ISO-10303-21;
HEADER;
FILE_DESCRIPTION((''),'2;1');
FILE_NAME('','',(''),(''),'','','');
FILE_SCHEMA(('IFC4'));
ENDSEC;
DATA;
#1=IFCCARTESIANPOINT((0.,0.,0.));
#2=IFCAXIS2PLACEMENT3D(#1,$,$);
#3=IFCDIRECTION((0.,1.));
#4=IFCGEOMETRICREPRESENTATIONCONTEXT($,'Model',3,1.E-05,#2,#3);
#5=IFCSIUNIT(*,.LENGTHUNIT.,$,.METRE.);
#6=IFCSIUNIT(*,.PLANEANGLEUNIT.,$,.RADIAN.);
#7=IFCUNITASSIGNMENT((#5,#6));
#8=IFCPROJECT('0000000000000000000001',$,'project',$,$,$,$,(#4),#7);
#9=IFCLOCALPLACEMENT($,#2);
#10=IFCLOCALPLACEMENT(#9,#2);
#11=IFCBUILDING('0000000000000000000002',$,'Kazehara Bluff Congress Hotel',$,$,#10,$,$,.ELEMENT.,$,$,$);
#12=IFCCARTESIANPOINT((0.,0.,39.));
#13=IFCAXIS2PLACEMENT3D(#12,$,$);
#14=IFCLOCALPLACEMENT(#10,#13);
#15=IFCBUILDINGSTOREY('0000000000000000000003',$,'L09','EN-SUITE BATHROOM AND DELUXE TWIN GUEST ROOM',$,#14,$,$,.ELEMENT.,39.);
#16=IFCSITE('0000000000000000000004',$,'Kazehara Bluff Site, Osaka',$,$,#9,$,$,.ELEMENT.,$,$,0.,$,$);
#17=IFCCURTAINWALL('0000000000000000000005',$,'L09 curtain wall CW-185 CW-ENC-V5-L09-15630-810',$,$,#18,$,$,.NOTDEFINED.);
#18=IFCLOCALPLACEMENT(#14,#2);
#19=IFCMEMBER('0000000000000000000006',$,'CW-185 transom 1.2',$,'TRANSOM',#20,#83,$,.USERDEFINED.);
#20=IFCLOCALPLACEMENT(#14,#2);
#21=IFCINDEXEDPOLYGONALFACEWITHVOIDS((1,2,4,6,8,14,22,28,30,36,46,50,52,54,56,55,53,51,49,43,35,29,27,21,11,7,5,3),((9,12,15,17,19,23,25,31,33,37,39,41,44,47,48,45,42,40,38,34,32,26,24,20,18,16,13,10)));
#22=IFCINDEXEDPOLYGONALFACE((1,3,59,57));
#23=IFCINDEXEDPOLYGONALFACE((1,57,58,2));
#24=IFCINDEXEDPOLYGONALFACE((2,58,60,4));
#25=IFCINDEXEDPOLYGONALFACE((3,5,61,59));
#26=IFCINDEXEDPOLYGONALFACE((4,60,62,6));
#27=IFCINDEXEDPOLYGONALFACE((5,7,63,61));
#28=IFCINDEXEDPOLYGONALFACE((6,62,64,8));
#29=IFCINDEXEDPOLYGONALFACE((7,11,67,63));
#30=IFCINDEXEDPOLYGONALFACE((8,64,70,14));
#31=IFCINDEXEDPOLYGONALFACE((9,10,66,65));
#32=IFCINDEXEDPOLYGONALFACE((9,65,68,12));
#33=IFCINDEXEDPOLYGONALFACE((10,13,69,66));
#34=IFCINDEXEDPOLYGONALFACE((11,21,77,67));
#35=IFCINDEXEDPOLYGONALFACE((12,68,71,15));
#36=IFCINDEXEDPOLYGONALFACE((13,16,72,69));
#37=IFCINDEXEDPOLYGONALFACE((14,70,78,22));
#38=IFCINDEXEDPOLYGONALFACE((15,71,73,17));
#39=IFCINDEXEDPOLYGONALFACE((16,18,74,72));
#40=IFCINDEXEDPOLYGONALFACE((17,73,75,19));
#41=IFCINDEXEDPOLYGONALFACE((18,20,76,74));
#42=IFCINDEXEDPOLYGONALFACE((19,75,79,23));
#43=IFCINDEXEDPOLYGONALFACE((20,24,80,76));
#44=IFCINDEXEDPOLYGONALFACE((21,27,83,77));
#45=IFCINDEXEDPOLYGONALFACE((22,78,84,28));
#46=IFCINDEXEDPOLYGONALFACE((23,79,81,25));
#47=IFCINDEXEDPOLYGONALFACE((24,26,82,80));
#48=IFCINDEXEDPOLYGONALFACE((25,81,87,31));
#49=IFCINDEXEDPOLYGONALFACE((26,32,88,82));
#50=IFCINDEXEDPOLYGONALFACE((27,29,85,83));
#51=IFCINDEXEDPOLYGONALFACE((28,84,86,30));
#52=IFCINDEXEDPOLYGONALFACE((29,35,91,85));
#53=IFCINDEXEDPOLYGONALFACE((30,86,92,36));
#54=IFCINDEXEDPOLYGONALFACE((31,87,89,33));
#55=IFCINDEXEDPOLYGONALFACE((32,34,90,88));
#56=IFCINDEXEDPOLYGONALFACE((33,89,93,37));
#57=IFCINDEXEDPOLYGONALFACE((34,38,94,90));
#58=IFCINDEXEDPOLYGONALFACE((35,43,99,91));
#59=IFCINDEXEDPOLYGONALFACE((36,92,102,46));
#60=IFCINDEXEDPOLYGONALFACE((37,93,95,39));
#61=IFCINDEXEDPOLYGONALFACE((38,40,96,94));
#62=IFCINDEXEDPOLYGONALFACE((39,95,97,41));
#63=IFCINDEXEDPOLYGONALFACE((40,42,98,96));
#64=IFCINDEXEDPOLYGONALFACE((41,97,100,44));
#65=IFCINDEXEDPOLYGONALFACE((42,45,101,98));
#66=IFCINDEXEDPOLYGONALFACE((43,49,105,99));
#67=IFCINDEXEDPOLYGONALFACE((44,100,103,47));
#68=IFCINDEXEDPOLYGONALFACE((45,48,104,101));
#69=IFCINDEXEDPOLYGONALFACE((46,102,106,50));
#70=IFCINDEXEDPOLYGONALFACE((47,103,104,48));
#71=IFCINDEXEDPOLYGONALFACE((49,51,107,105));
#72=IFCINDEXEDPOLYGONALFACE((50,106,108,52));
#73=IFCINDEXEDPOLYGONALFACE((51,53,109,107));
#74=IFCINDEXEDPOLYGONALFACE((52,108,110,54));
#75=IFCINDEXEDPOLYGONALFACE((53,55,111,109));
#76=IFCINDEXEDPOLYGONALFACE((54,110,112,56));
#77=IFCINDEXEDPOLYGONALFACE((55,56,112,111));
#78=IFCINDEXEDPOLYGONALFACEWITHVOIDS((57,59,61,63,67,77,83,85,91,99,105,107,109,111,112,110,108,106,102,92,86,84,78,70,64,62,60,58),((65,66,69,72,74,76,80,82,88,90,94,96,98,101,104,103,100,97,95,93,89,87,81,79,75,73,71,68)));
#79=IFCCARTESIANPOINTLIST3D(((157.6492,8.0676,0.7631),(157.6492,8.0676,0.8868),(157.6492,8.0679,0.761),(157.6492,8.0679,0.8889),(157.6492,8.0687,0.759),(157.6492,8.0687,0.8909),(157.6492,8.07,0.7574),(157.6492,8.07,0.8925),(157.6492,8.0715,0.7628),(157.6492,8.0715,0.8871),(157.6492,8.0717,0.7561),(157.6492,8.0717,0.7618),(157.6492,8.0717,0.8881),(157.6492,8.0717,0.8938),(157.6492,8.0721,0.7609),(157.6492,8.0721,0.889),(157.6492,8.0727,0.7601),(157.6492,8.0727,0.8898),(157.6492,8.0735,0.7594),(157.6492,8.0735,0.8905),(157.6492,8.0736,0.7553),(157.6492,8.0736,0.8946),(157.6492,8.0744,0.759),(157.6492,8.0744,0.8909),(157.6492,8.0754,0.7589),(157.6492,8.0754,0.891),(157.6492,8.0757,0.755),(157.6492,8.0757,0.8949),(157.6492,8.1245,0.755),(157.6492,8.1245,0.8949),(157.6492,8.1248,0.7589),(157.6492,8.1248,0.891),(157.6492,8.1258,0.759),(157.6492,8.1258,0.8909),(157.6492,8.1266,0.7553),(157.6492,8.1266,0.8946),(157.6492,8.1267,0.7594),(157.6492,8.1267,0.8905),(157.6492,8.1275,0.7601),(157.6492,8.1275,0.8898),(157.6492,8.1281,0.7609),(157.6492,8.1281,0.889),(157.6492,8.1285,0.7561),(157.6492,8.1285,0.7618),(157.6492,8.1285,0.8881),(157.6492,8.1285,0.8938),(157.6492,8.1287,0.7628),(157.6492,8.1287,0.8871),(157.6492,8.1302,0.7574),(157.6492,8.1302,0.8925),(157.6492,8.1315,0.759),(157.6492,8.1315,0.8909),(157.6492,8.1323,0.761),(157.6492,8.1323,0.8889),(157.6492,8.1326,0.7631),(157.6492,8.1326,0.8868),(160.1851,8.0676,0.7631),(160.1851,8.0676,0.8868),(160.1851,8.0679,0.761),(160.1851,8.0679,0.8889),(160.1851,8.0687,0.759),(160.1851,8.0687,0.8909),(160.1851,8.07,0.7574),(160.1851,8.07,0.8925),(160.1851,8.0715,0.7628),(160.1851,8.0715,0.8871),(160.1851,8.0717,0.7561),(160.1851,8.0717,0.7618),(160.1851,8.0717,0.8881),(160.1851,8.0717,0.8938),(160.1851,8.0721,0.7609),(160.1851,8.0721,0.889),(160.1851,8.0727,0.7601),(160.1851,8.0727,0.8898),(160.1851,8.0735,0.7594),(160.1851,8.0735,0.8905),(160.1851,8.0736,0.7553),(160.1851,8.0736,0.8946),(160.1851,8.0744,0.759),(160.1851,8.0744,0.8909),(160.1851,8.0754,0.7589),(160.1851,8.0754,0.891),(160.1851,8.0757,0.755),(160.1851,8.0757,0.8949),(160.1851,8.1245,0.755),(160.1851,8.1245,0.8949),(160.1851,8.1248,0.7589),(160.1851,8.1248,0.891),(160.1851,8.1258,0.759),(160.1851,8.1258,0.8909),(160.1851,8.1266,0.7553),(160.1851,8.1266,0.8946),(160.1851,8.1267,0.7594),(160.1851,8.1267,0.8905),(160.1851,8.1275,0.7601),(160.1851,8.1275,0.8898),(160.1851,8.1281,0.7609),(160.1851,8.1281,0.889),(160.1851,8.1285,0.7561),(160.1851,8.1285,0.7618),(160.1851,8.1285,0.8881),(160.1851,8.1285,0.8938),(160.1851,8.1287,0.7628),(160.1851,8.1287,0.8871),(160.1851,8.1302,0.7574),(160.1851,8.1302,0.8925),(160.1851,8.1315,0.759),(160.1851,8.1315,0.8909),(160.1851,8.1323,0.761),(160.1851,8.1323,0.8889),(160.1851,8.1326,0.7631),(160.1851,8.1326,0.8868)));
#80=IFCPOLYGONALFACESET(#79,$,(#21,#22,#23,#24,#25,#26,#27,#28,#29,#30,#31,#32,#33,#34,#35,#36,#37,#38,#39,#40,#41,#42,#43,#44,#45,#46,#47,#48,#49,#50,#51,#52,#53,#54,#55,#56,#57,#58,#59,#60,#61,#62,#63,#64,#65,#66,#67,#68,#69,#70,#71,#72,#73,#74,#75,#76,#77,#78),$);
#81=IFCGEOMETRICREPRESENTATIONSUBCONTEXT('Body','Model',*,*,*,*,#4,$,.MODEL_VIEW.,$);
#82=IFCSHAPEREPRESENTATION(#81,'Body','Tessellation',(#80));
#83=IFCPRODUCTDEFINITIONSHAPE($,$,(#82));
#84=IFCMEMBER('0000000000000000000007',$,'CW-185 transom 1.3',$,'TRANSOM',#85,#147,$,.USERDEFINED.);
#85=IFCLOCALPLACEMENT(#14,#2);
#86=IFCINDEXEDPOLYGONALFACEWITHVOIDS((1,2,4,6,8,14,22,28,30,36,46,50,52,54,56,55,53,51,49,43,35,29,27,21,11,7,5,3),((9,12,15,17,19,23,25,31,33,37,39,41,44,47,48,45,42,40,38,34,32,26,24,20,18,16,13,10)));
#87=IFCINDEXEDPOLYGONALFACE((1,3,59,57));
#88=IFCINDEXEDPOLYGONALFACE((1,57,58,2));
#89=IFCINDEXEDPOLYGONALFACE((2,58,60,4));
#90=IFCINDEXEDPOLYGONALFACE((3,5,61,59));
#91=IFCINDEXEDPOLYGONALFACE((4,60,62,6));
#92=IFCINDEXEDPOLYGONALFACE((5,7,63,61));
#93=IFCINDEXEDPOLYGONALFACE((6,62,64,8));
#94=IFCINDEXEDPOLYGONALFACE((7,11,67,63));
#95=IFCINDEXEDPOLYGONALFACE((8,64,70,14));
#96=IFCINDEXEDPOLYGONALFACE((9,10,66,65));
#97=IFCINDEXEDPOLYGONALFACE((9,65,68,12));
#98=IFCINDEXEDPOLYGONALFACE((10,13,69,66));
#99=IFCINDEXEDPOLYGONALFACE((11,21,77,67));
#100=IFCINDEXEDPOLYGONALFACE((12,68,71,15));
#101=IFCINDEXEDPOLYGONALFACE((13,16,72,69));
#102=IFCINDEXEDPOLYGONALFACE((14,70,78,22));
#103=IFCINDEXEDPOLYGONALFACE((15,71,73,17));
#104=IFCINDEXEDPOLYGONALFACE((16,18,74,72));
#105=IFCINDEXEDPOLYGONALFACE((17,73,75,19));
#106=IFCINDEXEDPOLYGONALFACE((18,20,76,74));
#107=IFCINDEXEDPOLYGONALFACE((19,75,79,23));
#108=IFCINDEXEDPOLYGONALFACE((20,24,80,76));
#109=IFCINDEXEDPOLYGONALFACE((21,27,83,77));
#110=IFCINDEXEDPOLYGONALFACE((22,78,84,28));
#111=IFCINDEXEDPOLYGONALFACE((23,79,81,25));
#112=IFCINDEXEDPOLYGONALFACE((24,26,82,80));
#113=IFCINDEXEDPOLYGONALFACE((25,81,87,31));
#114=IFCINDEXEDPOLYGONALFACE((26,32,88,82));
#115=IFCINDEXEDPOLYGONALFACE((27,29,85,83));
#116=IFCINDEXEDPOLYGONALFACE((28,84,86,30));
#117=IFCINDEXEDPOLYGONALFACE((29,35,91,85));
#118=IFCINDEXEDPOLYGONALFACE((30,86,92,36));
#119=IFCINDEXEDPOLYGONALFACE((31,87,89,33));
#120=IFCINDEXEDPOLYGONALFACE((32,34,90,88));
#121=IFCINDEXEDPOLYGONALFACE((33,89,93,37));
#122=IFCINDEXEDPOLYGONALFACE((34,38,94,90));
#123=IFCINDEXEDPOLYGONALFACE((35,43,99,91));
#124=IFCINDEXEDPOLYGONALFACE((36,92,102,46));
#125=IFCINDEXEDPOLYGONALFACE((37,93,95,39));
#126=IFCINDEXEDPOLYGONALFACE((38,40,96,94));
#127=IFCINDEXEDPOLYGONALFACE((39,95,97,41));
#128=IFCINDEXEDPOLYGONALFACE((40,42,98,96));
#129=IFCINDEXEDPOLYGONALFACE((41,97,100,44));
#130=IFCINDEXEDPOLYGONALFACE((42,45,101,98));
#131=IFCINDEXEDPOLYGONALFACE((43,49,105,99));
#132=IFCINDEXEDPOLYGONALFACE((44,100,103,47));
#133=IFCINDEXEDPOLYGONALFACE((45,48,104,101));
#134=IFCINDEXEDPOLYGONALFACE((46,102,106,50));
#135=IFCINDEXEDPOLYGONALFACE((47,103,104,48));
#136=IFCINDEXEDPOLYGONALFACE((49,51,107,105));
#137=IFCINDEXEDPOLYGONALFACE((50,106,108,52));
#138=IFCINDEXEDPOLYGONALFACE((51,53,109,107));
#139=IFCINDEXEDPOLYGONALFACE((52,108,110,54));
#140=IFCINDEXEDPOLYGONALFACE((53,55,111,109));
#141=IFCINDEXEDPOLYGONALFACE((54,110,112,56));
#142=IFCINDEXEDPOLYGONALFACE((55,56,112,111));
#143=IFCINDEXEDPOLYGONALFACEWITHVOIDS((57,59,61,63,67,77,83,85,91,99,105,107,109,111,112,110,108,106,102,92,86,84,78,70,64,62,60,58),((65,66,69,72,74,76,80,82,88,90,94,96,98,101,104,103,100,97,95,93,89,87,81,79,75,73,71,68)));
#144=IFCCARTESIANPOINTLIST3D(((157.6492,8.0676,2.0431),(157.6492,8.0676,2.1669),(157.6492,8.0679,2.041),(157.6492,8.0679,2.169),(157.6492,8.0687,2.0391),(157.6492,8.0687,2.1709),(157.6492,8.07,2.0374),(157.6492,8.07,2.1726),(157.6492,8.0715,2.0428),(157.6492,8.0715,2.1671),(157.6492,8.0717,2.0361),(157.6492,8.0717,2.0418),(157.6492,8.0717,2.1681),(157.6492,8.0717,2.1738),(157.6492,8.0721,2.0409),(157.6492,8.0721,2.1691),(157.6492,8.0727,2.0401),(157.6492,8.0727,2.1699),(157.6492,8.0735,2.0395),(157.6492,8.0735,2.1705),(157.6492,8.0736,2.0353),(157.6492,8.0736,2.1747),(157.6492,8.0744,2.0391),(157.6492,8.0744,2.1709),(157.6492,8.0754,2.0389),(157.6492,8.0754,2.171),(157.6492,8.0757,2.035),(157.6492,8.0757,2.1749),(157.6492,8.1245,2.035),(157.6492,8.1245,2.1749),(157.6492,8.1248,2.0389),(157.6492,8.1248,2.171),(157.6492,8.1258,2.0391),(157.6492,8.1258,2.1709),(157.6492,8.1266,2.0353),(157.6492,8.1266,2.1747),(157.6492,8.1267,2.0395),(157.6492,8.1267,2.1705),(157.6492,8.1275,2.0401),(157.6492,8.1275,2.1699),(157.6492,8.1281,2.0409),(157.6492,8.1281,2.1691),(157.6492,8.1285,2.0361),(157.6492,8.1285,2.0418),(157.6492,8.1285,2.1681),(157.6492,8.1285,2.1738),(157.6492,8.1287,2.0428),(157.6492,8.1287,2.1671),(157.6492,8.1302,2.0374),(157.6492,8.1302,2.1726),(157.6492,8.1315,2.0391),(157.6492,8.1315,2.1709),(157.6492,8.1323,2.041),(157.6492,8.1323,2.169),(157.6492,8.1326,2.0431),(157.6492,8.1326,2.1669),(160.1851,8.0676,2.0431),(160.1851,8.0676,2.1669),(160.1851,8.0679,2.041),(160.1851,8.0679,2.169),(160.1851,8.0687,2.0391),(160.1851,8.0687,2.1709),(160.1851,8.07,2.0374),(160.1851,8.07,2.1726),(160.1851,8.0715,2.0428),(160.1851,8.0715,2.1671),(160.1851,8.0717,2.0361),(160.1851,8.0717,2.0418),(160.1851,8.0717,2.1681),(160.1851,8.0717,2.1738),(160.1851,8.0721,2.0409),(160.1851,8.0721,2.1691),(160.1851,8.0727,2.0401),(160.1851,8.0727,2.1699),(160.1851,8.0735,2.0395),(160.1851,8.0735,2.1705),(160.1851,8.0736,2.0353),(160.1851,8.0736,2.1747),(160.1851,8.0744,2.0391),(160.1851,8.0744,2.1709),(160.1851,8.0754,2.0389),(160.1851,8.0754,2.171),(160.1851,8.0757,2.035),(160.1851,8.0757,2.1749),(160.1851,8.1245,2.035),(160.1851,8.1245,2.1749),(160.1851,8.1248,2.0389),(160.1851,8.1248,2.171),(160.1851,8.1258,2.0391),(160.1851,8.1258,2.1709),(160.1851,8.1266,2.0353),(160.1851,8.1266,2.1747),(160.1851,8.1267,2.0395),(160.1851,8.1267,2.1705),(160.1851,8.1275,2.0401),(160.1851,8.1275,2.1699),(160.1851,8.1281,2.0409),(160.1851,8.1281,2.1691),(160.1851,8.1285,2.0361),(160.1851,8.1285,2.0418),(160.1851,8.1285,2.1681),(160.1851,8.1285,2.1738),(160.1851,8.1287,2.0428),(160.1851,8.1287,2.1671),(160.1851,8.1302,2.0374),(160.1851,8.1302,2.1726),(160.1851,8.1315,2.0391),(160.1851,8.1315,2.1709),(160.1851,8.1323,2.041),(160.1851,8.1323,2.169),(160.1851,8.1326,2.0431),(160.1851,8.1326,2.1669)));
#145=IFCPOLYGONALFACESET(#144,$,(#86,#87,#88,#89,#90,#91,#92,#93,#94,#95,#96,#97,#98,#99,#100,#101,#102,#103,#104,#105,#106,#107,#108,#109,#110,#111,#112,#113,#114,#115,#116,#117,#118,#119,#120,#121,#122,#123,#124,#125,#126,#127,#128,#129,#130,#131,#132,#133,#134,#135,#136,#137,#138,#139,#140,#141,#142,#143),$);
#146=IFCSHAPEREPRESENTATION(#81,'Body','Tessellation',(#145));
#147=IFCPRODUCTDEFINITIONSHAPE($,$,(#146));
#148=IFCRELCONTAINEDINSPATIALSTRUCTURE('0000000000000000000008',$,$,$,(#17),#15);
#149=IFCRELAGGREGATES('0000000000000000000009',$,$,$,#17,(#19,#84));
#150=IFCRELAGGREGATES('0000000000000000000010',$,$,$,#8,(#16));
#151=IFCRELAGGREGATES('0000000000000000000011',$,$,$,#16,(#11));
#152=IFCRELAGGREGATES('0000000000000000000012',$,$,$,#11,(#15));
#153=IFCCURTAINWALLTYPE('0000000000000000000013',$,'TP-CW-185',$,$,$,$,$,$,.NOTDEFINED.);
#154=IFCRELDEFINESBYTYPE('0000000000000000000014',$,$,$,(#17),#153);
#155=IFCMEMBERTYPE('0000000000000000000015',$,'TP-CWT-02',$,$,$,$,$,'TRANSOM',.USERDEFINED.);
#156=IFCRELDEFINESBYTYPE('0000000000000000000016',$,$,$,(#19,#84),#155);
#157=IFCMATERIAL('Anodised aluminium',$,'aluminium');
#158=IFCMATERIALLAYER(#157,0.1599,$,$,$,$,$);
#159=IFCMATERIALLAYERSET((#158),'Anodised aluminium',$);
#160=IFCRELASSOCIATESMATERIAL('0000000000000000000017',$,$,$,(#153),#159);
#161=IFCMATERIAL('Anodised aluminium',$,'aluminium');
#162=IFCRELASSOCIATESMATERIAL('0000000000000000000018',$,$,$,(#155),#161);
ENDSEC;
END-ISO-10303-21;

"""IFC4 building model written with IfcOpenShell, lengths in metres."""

from ifc_helpers import new_model, si_unit, direction, frame, origin, origin_2d, place, context, subcontext, project, spatial, hollow_rectangle, extrude, material, layer, layer_set, material_profile, profile_set, type_object, element, aggregate, save


model = new_model("IFC4")

# Units and contexts
model_context = context("Model", 3, precision=1e-05, world=origin(), true_north=direction((0.0, 1.0)))
body_context = subcontext(model_context, "Body", "Model", "MODEL_VIEW")
ifc_project = project(units=[si_unit("LENGTHUNIT", "METRE"), si_unit("PLANEANGLEUNIT", "RADIAN")], contexts=[model_context])

# Site, building, storey
site_placement = place(None, origin())
site = spatial("IfcSite", under=ifc_project, at=site_placement, Name="Kazehara Bluff Site, Osaka", CompositionType="ELEMENT", RefElevation=0.0)
building_placement = place(site_placement, origin())
building = spatial("IfcBuilding", under=site, at=building_placement, Name="Kazehara Bluff Congress Hotel", CompositionType="ELEMENT")
storey_placement = place(building_placement, frame((0.0, 0.0, 39.0)))
storey = spatial("IfcBuildingStorey", under=building, at=storey_placement, Name="L09", Description="EN-SUITE BATHROOM AND DELUXE TWIN GUEST ROOM", CompositionType="ELEMENT", Elevation=39.0)

# Curtain wall, members
ifc_material_1 = material(Name="Anodised aluminium", Category="aluminium")
ifc_layer_1 = layer(ifc_material_1, 0.1599)
ifc_layer_set_1 = layer_set([ifc_layer_1], Name="Anodised aluminium")
curtain_wall_type = type_object("IfcCurtainWallType", Name="TP-CW-185", PredefinedType="NOTDEFINED", material=ifc_layer_set_1)
curtain_wall_placement = place(storey_placement, origin())
curtain_wall = element("IfcCurtainWall", 1, at=curtain_wall_placement, inside=storey, type_object=curtain_wall_type, Name="L09 curtain wall CW-185 CW-ENC-V5-L09-15630-810", PredefinedType="NOTDEFINED")
ifc_material_2 = material(Name="Anodised aluminium", Category="aluminium")
ifc_material_profile_1 = material_profile(ifc_material_2, hollow_rectangle(XDim=0.0649, YDim=0.1399, WallThickness=0.0039, InnerFilletRadius=0.0039, OuterFilletRadius=0.0081, at=origin_2d()))
ifc_profile_set_1 = profile_set([ifc_material_profile_1], Name="Anodised aluminium")
member_type_1 = type_object("IfcMemberType", Name="TP-CWT-02", ElementType="TRANSOM", PredefinedType="USERDEFINED", material=ifc_profile_set_1)
member_1_placement = place(storey_placement, frame((160.1851, 8.1001, 0.825), z_axis=(-1.0, 0.0, 0.0), x_axis=(0.0, -1.0, 0.0)))
member_1 = element("IfcMember", 2, at=member_1_placement, type_object=member_type_1, Name="CW-185 transom 1.2", ObjectType="TRANSOM", PredefinedType="USERDEFINED", context=body_context, shape_type="SweptSolid", body=[
    extrude(hollow_rectangle(XDim=0.0649, YDim=0.1399, WallThickness=0.0039, InnerFilletRadius=0.0039, OuterFilletRadius=0.0081, at=origin_2d()), origin(), (0.0, 0.0, 1.0), 2.5359),
])
member_2_placement = place(storey_placement, frame((160.1851, 8.1001, 2.105), z_axis=(-1.0, 0.0, 0.0), x_axis=(0.0, -1.0, 0.0)))
member_2 = element("IfcMember", 3, at=member_2_placement, type_object=member_type_1, Name="CW-185 transom 1.3", ObjectType="TRANSOM", PredefinedType="USERDEFINED", context=body_context, shape_type="SweptSolid", body=[
    extrude(hollow_rectangle(XDim=0.0649, YDim=0.1399, WallThickness=0.0039, InnerFilletRadius=0.0039, OuterFilletRadius=0.0081, at=origin_2d()), origin(), (0.0, 0.0, 1.0), 2.5359),
])

aggregate(curtain_wall, [member_1, member_2])

save(model, "model.ifc")
